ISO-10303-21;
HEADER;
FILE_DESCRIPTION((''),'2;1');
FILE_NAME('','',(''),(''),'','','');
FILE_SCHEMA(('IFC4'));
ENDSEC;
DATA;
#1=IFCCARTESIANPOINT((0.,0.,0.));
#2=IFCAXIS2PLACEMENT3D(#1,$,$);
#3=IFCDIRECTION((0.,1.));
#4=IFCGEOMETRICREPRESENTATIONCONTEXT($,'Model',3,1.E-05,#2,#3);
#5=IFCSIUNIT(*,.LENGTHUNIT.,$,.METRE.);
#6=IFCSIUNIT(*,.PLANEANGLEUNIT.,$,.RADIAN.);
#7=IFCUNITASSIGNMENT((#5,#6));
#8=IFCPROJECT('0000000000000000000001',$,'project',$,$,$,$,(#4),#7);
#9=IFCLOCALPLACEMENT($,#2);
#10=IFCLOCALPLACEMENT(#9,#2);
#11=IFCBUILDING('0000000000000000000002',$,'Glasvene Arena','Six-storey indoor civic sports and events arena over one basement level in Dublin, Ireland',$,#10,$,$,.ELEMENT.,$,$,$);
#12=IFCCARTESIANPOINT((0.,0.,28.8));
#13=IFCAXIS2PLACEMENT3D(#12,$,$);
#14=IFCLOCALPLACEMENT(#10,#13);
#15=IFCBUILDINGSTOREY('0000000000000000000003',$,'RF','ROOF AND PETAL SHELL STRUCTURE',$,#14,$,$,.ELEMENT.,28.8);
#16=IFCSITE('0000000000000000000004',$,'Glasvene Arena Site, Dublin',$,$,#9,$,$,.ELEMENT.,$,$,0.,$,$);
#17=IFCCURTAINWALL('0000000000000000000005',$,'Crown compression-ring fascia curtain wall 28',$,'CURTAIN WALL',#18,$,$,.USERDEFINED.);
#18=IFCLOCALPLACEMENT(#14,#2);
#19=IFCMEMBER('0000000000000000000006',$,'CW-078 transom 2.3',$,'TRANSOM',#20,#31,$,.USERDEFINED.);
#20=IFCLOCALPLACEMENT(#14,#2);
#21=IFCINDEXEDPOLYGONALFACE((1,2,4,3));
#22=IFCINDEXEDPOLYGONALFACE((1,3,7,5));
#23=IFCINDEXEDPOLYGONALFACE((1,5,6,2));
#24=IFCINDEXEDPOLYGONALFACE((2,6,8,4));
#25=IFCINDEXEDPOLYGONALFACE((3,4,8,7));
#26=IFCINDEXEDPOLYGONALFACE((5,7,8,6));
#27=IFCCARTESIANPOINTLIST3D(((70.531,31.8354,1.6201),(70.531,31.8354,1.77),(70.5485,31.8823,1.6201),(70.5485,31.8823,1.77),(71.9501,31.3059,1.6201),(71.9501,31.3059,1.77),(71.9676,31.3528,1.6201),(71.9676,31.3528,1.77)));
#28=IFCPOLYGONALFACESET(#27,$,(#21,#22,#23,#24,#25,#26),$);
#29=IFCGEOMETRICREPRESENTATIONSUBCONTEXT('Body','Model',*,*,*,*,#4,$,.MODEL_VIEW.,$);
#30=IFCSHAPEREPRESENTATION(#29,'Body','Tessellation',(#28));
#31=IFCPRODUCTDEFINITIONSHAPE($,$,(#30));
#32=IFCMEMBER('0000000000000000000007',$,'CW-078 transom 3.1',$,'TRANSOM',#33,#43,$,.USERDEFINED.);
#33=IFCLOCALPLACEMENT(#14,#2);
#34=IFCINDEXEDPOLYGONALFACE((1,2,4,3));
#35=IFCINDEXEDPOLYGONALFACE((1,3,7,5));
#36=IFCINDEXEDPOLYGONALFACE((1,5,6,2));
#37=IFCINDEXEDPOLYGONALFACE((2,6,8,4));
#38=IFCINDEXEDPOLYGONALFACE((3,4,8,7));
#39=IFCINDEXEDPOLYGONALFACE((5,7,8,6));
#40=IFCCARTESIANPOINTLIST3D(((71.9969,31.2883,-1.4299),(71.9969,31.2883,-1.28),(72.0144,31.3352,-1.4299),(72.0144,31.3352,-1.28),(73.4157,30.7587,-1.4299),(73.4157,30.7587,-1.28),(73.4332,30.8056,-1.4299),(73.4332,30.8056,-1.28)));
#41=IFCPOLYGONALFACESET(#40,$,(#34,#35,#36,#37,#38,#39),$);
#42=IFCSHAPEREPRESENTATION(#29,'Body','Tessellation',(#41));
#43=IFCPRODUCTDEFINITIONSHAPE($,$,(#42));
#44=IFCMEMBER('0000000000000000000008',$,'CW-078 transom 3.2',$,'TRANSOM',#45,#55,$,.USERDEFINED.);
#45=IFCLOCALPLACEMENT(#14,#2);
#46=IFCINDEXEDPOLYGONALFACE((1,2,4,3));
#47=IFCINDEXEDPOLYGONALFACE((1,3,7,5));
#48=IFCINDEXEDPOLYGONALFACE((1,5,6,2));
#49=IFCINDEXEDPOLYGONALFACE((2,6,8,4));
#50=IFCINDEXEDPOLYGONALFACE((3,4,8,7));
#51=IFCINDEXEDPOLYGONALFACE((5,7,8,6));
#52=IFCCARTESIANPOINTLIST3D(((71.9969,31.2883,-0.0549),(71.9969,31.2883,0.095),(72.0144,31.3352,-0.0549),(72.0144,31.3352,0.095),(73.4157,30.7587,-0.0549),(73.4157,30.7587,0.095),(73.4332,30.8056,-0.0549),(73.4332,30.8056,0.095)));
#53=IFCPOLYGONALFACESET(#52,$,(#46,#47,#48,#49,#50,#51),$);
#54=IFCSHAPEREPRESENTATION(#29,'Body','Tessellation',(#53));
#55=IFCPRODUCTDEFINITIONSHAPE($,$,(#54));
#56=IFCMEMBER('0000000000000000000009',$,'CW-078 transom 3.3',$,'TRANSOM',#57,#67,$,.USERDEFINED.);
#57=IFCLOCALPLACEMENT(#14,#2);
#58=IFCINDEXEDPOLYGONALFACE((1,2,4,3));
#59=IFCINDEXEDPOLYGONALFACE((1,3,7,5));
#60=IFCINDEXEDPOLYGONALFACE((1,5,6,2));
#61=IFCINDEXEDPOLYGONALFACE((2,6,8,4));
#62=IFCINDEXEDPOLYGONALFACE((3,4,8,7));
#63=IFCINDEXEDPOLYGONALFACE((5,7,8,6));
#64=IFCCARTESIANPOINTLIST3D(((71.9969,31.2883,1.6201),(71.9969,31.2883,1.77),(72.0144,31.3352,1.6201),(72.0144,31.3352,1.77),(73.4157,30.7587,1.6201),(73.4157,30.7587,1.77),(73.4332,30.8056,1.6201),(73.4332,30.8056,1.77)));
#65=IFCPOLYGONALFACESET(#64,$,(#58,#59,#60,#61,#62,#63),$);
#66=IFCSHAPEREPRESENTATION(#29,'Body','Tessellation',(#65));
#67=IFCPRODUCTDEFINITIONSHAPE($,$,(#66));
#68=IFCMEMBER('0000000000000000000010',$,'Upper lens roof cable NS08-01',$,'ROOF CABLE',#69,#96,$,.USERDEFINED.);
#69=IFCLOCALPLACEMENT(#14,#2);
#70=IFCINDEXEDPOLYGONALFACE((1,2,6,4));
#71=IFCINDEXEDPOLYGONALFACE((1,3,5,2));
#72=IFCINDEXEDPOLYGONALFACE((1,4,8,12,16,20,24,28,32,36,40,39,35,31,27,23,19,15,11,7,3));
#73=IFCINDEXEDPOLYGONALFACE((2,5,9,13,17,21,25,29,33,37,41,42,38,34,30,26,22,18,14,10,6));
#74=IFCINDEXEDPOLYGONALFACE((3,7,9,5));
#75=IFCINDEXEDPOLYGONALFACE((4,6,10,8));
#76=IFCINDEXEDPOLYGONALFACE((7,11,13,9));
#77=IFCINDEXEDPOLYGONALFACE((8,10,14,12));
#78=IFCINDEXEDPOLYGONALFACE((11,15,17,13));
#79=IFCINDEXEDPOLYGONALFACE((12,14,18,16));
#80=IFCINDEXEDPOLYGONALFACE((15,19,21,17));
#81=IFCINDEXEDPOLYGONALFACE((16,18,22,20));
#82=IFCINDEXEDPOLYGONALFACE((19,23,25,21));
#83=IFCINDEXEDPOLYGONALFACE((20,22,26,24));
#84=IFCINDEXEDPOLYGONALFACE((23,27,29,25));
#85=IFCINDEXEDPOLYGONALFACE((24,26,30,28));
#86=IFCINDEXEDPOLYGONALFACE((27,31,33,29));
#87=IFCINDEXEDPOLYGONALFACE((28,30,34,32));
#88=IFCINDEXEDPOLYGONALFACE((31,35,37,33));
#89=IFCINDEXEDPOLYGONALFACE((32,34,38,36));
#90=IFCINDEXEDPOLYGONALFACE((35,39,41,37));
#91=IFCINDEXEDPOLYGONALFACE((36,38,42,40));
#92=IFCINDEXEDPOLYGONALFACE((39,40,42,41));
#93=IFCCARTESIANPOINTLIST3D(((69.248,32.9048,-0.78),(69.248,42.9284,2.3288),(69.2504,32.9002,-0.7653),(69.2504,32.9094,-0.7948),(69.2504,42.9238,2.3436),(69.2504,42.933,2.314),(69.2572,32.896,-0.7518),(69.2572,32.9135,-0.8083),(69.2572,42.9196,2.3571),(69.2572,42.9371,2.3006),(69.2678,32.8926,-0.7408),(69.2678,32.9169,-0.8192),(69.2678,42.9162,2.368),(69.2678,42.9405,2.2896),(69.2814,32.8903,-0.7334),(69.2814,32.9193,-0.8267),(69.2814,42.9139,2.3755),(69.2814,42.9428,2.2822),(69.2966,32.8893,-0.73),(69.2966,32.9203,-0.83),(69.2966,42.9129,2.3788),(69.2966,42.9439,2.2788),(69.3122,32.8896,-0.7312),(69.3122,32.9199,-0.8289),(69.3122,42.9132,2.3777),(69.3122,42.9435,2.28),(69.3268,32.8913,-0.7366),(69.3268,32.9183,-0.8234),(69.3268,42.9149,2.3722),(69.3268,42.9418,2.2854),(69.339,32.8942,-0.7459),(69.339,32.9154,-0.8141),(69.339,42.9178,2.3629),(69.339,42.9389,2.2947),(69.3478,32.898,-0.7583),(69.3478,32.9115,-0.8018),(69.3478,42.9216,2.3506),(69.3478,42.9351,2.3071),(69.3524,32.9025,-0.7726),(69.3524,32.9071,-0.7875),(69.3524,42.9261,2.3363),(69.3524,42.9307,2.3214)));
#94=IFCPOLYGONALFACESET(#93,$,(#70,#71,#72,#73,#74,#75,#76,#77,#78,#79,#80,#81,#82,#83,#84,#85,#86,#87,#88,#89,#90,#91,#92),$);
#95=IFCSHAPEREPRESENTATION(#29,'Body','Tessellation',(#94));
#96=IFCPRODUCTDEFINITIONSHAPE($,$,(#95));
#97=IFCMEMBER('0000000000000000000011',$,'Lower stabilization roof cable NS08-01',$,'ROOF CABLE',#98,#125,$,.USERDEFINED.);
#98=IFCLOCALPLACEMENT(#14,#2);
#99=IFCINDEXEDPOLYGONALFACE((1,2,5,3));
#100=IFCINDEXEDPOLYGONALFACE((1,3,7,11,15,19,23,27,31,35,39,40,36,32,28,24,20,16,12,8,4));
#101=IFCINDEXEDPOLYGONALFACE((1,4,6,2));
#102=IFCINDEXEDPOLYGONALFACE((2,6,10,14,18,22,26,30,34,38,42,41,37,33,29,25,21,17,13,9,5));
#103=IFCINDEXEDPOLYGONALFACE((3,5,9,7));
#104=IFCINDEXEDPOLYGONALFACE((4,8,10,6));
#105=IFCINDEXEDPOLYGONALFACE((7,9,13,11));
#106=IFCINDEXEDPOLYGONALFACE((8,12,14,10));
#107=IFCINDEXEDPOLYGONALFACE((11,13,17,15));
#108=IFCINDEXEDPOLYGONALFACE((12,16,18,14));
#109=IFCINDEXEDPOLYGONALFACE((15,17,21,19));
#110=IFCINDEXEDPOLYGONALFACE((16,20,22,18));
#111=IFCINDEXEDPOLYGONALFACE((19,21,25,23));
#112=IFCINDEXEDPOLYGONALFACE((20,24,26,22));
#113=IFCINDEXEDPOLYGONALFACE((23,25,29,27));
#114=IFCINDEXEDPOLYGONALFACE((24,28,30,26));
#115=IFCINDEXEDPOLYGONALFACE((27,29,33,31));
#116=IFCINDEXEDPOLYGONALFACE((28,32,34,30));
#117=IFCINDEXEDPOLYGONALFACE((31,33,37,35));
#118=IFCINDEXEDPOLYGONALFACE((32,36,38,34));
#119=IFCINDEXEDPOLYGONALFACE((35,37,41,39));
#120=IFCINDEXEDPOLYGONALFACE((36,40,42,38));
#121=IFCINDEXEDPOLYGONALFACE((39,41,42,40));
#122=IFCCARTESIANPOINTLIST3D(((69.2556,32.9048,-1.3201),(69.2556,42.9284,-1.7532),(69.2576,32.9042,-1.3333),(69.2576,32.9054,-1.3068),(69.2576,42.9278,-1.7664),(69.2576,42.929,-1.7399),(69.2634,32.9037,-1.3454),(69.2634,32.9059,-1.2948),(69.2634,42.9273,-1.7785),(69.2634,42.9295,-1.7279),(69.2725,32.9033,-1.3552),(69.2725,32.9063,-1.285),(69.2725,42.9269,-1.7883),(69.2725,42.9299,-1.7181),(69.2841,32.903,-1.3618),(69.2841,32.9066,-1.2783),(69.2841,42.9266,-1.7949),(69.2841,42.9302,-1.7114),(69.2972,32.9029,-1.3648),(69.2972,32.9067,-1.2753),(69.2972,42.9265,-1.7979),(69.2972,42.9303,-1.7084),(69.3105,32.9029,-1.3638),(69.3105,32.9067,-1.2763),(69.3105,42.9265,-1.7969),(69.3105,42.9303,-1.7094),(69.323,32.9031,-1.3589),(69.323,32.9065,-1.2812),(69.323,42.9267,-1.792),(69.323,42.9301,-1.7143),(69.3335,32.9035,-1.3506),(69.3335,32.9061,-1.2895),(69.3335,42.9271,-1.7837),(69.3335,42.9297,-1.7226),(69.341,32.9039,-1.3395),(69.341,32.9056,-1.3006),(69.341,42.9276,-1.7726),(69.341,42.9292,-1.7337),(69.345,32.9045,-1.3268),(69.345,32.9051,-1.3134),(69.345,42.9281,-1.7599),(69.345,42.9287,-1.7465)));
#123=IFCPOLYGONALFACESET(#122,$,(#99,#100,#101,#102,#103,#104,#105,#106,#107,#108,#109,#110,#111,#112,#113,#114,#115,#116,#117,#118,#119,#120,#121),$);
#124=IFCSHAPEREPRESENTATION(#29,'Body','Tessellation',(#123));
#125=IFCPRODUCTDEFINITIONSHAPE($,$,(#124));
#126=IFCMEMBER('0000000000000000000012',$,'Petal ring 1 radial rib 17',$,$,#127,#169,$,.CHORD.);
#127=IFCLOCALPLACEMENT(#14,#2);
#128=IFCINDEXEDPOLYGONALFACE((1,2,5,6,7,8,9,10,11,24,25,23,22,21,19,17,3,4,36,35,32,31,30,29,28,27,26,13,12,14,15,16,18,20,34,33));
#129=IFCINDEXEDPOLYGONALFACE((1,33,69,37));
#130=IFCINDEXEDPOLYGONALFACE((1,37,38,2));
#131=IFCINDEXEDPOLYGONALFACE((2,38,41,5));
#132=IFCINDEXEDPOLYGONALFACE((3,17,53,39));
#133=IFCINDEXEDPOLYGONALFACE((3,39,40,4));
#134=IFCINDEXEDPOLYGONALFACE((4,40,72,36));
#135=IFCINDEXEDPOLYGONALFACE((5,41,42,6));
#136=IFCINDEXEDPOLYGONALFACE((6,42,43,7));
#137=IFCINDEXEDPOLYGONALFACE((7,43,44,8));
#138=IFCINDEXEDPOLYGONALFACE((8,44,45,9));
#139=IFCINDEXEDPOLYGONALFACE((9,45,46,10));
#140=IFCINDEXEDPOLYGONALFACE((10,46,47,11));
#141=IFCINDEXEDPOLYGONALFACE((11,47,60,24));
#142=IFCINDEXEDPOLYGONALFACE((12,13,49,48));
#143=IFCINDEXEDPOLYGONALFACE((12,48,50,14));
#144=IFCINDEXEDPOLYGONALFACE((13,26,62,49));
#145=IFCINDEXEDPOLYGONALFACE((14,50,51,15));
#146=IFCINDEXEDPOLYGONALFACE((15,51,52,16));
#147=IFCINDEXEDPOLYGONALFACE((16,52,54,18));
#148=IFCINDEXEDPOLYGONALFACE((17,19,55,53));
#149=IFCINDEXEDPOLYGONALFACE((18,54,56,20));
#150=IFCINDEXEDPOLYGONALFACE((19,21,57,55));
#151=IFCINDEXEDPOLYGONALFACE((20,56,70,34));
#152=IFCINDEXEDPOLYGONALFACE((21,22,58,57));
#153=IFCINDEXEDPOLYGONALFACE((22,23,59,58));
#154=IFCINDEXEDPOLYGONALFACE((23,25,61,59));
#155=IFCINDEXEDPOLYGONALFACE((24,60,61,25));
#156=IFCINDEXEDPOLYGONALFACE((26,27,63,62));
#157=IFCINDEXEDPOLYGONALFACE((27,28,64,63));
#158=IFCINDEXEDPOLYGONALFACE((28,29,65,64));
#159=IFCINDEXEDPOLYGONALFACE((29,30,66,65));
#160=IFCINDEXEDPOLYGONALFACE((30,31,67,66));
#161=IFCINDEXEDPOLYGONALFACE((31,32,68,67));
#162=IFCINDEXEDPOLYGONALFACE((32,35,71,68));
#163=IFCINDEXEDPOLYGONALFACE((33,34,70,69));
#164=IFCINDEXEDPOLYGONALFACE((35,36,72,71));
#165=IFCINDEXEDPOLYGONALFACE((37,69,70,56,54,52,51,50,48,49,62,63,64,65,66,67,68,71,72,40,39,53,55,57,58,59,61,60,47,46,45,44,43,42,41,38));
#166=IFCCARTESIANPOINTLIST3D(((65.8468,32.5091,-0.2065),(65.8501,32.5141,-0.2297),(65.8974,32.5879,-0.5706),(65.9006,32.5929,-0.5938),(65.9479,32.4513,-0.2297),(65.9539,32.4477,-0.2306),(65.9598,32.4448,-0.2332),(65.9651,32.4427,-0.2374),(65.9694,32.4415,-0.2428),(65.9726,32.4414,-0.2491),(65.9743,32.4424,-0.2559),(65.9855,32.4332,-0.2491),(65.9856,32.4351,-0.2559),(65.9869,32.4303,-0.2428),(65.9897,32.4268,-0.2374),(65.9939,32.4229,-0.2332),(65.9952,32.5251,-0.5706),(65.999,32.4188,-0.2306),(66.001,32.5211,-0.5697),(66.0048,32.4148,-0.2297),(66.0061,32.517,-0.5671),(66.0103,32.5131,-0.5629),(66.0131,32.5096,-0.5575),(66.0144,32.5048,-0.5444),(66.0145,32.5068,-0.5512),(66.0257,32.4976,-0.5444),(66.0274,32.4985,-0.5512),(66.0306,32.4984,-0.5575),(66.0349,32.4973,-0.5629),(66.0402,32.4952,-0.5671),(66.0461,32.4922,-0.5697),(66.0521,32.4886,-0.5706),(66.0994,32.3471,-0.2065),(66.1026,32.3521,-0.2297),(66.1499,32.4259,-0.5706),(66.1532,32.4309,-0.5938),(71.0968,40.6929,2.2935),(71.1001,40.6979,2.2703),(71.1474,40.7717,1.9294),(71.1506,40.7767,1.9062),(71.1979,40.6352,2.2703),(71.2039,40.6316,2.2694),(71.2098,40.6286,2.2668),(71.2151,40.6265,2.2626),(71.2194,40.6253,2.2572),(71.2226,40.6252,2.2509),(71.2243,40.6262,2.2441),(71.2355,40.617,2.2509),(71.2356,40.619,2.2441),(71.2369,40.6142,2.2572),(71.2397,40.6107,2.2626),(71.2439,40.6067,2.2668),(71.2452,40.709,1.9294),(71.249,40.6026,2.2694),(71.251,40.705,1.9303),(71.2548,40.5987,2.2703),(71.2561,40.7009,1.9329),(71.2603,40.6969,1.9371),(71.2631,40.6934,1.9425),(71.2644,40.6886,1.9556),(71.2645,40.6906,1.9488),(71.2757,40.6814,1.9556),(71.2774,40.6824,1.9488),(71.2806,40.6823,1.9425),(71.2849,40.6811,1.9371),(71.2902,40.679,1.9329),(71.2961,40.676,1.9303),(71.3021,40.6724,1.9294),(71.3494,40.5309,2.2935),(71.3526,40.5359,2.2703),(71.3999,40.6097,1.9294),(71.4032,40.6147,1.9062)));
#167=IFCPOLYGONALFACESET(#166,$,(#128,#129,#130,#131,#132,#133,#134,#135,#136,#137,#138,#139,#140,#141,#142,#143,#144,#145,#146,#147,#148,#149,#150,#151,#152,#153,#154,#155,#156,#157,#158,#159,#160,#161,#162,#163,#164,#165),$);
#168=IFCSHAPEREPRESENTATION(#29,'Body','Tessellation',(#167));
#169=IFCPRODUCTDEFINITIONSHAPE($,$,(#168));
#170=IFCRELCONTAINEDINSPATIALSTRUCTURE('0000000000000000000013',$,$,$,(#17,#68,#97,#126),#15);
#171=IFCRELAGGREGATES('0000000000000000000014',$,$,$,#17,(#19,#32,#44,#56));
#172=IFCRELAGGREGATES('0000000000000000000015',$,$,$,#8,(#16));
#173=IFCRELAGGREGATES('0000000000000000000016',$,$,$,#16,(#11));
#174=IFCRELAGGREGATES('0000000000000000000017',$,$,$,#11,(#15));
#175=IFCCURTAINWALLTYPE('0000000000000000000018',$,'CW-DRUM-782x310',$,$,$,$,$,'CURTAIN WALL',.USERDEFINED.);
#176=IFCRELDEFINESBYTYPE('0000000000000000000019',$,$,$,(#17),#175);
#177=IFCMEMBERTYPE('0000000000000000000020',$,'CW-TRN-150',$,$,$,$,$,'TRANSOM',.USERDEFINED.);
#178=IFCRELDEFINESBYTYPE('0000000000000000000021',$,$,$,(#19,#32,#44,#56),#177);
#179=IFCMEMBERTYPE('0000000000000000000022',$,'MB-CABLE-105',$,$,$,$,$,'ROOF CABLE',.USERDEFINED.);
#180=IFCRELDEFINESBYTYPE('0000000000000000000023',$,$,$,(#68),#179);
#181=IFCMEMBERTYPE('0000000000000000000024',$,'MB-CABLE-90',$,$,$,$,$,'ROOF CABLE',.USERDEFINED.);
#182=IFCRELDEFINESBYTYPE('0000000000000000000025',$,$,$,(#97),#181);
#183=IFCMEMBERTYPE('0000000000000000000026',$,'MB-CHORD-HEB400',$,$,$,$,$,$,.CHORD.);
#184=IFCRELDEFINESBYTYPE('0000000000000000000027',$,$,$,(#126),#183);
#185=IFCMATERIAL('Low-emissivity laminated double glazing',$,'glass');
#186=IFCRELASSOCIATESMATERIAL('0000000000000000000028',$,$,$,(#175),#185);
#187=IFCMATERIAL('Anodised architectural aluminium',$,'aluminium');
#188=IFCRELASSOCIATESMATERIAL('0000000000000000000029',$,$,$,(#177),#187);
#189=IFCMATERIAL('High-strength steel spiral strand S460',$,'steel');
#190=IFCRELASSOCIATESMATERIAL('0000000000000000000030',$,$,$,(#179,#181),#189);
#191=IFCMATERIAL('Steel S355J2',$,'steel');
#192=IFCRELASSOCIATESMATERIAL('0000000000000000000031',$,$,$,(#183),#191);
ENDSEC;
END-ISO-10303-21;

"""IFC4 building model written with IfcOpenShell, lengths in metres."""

from ifc_helpers import new_model, si_unit, direction, frame, origin, origin_2d, place, context, subcontext, project, spatial, rectangle, circle, i_section, extrude, material, material_profile, profile_set, type_object, element, aggregate, save


model = new_model("IFC4")

# Units and contexts
model_context = context("Model", 3, precision=1e-05, world=origin(), true_north=direction((0.0, 1.0)))
body_context = subcontext(model_context, "Body", "Model", "MODEL_VIEW")
ifc_project = project(units=[si_unit("LENGTHUNIT", "METRE"), si_unit("PLANEANGLEUNIT", "RADIAN")], contexts=[model_context])

# Site, building, storey
site_placement = place(None, origin())
site = spatial("IfcSite", under=ifc_project, at=site_placement, Name="Glasvene Arena Site, Dublin", CompositionType="ELEMENT", RefElevation=0.0)
building_placement = place(site_placement, origin())
building = spatial("IfcBuilding", under=site, at=building_placement, Name="Glasvene Arena", Description="Six-storey indoor civic sports and events arena over one basement level in Dublin, Ireland", CompositionType="ELEMENT")
storey_placement = place(building_placement, frame((0.0, 0.0, 28.8)))
storey = spatial("IfcBuildingStorey", under=building, at=storey_placement, Name="RF", Description="ROOF AND PETAL SHELL STRUCTURE", CompositionType="ELEMENT", Elevation=28.8)

# Shared definitions
ifc_material_1 = material(Name="Steel S355J2", Category="steel")

# Curtain wall
ifc_material_2 = material(Name="Low-emissivity laminated double glazing", Category="glass")
ifc_material_3 = material(Name="Anodised architectural aluminium", Category="aluminium")
curtain_wall_type_1 = type_object("IfcCurtainWallType", Name="CW-DRUM-782x310", ElementType="CURTAIN WALL", PredefinedType="USERDEFINED", material=ifc_material_2)
curtain_wall_1_placement = place(storey_placement, frame((69.0508, 32.4148, 0.0)))
curtain_wall_1 = element("IfcCurtainWall", 1, at=curtain_wall_1_placement, inside=storey, type_object=curtain_wall_type_1, Name="Crown compression-ring fascia curtain wall 28", ObjectType="CURTAIN WALL", PredefinedType="USERDEFINED")

# Members
ifc_material_profile_1 = material_profile(ifc_material_3, rectangle(XDim=0.05, YDim=0.1499, at=origin_2d()), Name="ALU TRANSOM 50x150")
ifc_profile_set_1 = profile_set([ifc_material_profile_1], Name="Anodised architectural aluminium")
member_type_1 = type_object("IfcMemberType", Name="CW-TRN-150", ElementType="TRANSOM", PredefinedType="USERDEFINED", material=ifc_profile_set_1)
member_1_placement = place(storey_placement, frame((70.5398, 31.8589, 1.6951), z_axis=(0.936884, -0.349639, 0.0), x_axis=(0.349639, 0.936884, 0.0)))
member_1 = element("IfcMember", 2, at=member_1_placement, type_object=member_type_1, Name="CW-078 transom 2.3", ObjectType="TRANSOM", PredefinedType="USERDEFINED", context=body_context, shape_type="SweptSolid", body=[
    extrude(rectangle(XDim=0.05, YDim=0.1499, at=origin_2d()), origin(), (0.0, 0.0, 1.0), 1.5146),
])
member_2_placement = place(storey_placement, frame((72.0056, 31.3118, -1.355), z_axis=(0.936865, -0.349692, 0.0), x_axis=(0.349692, 0.936865, 0.0)))
member_2 = element("IfcMember", 3, at=member_2_placement, type_object=member_type_1, Name="CW-078 transom 3.1", ObjectType="TRANSOM", PredefinedType="USERDEFINED", context=body_context, shape_type="SweptSolid", body=[
    extrude(rectangle(XDim=0.05, YDim=0.1499, at=origin_2d()), origin(), (0.0, 0.0, 1.0), 1.5144),
])
member_3_placement = place(storey_placement, frame((72.0056, 31.3118, 0.02), z_axis=(0.936865, -0.349692, 0.0), x_axis=(0.349692, 0.936865, 0.0)))
member_3 = element("IfcMember", 4, at=member_3_placement, type_object=member_type_1, Name="CW-078 transom 3.2", ObjectType="TRANSOM", PredefinedType="USERDEFINED", context=body_context, shape_type="SweptSolid", body=[
    extrude(rectangle(XDim=0.05, YDim=0.1499, at=origin_2d()), origin(), (0.0, 0.0, 1.0), 1.5144),
])
member_4_placement = place(storey_placement, frame((72.0056, 31.3118, 1.6951), z_axis=(0.936865, -0.349692, 0.0), x_axis=(0.349692, 0.936865, 0.0)))
member_4 = element("IfcMember", 5, at=member_4_placement, type_object=member_type_1, Name="CW-078 transom 3.3", ObjectType="TRANSOM", PredefinedType="USERDEFINED", context=body_context, shape_type="SweptSolid", body=[
    extrude(rectangle(XDim=0.05, YDim=0.1499, at=origin_2d()), origin(), (0.0, 0.0, 1.0), 1.5144),
])

# Members
ifc_material_4 = material(Name="High-strength steel spiral strand S460", Category="steel")
ifc_material_profile_2 = material_profile(ifc_material_4, circle(Radius=0.0525, at=origin_2d()), Name="LCSS D105")
ifc_profile_set_2 = profile_set([ifc_material_profile_2], Name="High-strength steel spiral strand S460")
member_type_2 = type_object("IfcMemberType", Name="MB-CABLE-105", ElementType="ROOF CABLE", PredefinedType="USERDEFINED", material=ifc_profile_set_2)
member_5_placement = place(storey_placement, frame((69.3005, 32.9048, -0.78), z_axis=(0.0, 0.955116, 0.296233), x_axis=(-1.0, 0.0, 0.0)))
element("IfcMember", 6, at=member_5_placement, inside=storey, type_object=member_type_2, Name="Upper lens roof cable NS08-01", ObjectType="ROOF CABLE", PredefinedType="USERDEFINED", context=body_context, shape_type="SweptSolid", body=[
    extrude(circle(Radius=0.0525, at=origin_2d()), origin(), (0.0, 0.0, 1.0), 10.4946),
])
ifc_material_profile_3 = material_profile(ifc_material_4, circle(Radius=0.0449, at=origin_2d()), Name="LCSS D90")
ifc_profile_set_3 = profile_set([ifc_material_profile_3], Name="High-strength steel spiral strand S460")
member_type_3 = type_object("IfcMemberType", Name="MB-CABLE-90", ElementType="ROOF CABLE", PredefinedType="USERDEFINED", material=ifc_profile_set_3)
member_6_placement = place(storey_placement, frame((69.3005, 32.9048, -1.3201), z_axis=(0.0, 0.999068, -0.043168), x_axis=(-1.0, 0.0, 0.0)))
element("IfcMember", 7, at=member_6_placement, inside=storey, type_object=member_type_3, Name="Lower stabilization roof cable NS08-01", ObjectType="ROOF CABLE", PredefinedType="USERDEFINED", context=body_context, shape_type="SweptSolid", body=[
    extrude(circle(Radius=0.0449, at=origin_2d()), origin(), (0.0, 0.0, 1.0), 10.033),
])
ifc_material_profile_4 = material_profile(ifc_material_1, i_section(OverallWidth=0.3, OverallDepth=0.3999, WebThickness=0.0134, FlangeThickness=0.0239, FilletRadius=0.0271, at=origin_2d()), Name="HEB 400")
ifc_profile_set_4 = profile_set([ifc_material_profile_4], Name="Steel S355J2")
member_type_4 = type_object("IfcMemberType", Name="MB-CHORD-HEB400", PredefinedType="CHORD", material=ifc_profile_set_4)
member_7_placement = place(storey_placement, frame((66.0, 32.47, -0.4001), z_axis=(0.522944, 0.815179, 0.249021), x_axis=(-0.841695, 0.539954, 0.0)))
element("IfcMember", 8, at=member_7_placement, inside=storey, type_object=member_type_4, Name="Petal ring 1 radial rib 17", PredefinedType="CHORD", context=body_context, shape_type="SweptSolid", body=[
    extrude(i_section(OverallWidth=0.3, OverallDepth=0.3999, WebThickness=0.0134, FlangeThickness=0.0239, FilletRadius=0.0271, at=origin_2d()), origin(), (0.0, 0.0, 1.0), 10.0393),
])

aggregate(curtain_wall_1, [member_1, member_2, member_3, member_4])

save(model, "model.ifc")
